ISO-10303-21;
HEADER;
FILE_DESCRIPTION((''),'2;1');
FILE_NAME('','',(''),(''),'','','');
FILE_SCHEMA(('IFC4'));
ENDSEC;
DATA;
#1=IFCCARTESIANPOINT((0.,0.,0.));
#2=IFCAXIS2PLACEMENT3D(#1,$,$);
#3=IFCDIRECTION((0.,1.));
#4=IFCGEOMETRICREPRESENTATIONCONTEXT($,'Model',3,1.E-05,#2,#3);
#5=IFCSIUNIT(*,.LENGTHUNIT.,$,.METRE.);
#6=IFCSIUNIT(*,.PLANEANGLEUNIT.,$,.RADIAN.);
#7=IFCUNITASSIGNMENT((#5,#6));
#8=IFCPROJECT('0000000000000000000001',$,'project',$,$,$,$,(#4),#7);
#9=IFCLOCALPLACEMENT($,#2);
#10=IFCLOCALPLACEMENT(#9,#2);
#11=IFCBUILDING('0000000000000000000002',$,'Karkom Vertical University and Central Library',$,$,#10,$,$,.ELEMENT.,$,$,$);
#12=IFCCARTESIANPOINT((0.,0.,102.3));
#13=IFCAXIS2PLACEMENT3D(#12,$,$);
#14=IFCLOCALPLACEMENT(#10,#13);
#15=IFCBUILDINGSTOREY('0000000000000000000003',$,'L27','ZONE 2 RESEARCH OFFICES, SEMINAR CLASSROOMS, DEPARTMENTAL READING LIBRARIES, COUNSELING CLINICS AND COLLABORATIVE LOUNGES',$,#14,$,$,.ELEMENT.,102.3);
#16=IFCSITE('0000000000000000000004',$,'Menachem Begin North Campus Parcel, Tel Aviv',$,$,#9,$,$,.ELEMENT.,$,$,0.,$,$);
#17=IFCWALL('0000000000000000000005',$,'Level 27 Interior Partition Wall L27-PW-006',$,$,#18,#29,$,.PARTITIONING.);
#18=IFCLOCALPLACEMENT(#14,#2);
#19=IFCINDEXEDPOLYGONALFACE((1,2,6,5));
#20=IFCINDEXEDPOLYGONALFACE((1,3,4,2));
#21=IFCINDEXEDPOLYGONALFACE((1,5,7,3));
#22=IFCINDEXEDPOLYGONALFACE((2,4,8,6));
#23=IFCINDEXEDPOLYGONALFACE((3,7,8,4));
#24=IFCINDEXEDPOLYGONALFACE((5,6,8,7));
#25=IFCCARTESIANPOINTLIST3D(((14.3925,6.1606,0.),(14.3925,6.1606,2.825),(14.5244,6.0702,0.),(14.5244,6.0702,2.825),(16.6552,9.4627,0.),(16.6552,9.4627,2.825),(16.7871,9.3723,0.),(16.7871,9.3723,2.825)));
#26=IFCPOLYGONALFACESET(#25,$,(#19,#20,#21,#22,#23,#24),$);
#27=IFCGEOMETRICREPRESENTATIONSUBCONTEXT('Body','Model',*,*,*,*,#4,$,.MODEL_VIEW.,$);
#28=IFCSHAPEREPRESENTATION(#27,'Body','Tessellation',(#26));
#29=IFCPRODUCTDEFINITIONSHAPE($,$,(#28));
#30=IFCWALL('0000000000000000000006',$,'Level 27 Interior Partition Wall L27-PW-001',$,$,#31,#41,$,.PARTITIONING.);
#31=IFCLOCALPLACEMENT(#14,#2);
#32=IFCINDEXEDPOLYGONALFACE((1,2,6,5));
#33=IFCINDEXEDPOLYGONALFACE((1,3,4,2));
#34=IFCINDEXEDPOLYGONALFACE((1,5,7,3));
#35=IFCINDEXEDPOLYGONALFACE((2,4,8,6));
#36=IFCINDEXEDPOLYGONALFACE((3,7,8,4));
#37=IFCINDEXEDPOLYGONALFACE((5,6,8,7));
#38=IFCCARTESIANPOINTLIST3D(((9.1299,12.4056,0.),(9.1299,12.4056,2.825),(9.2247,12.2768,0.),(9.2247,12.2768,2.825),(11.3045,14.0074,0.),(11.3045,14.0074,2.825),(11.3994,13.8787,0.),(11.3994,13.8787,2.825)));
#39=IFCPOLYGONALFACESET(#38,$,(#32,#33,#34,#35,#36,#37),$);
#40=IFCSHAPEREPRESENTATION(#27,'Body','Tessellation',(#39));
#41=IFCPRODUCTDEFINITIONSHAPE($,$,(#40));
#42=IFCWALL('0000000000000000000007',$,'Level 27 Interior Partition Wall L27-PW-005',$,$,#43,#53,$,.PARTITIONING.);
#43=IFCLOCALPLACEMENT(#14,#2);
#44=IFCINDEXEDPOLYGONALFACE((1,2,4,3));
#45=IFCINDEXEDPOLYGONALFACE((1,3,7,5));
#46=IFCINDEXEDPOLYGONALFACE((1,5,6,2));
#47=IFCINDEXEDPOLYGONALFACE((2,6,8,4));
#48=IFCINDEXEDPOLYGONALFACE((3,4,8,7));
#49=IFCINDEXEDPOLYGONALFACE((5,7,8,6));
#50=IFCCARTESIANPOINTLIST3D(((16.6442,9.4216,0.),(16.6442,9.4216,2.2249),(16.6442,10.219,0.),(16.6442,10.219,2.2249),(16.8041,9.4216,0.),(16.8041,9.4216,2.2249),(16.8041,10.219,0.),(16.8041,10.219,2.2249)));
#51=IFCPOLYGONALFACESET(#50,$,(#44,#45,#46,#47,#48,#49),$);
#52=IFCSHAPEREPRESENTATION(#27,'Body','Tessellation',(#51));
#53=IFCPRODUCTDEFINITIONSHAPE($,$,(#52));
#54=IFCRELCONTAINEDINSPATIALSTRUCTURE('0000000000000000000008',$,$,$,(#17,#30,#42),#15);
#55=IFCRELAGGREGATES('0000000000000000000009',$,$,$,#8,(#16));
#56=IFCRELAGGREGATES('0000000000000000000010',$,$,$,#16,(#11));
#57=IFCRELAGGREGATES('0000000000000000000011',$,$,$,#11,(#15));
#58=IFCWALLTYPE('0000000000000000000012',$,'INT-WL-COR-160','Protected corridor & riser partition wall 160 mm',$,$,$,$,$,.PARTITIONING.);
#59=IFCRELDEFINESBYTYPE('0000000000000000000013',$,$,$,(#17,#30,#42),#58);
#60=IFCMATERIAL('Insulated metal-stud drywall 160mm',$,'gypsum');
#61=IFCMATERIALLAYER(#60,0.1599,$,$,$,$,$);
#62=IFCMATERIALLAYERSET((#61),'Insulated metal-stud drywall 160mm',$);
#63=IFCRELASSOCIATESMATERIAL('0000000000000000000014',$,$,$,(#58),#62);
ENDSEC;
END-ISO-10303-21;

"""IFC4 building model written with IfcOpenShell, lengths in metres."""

from ifc_helpers import new_model, si_unit, direction, frame, frame_2d, origin, place, context, subcontext, project, spatial, rectangle, extrude, material, layer, layer_set, type_object, element, save


model = new_model("IFC4")

# Units and contexts
model_context = context("Model", 3, precision=1e-05, world=origin(), true_north=direction((0.0, 1.0)))
body_context = subcontext(model_context, "Body", "Model", "MODEL_VIEW")
ifc_project = project(units=[si_unit("LENGTHUNIT", "METRE"), si_unit("PLANEANGLEUNIT", "RADIAN")], contexts=[model_context])

# Site, building, storey
site_placement = place(None, origin())
site = spatial("IfcSite", under=ifc_project, at=site_placement, Name="Menachem Begin North Campus Parcel, Tel Aviv", CompositionType="ELEMENT", RefElevation=0.0)
building_placement = place(site_placement, origin())
building = spatial("IfcBuilding", under=site, at=building_placement, Name="Karkom Vertical University and Central Library", CompositionType="ELEMENT")
storey_placement = place(building_placement, frame((0.0, 0.0, 102.3)))
storey = spatial("IfcBuildingStorey", under=building, at=storey_placement, Name="L27", Description="ZONE 2 RESEARCH OFFICES, SEMINAR CLASSROOMS, DEPARTMENTAL READING LIBRARIES, COUNSELING CLINICS AND COLLABORATIVE LOUNGES", CompositionType="ELEMENT", Elevation=102.3)

# Shared definitions
ifc_material_1 = material(Name="Insulated metal-stud drywall 160mm", Category="gypsum")
ifc_layer_1 = layer(ifc_material_1, 0.1599)
ifc_layer_set_1 = layer_set([ifc_layer_1], Name="Insulated metal-stud drywall 160mm")
wall_type_1 = type_object("IfcWallType", Name="INT-WL-COR-160", Description="Protected corridor & riser partition wall 160 mm", PredefinedType="PARTITIONING", material=ifc_layer_set_1)

# Walls
wall_1_placement = place(storey_placement, frame((16.7212, 9.4175, 0.0), z_axis=(0.0, 0.0, 1.0), x_axis=(-0.565268, -0.824908, 0.0)))
element("IfcWall", 1, at=wall_1_placement, inside=storey, type_object=wall_type_1, Name="Level 27 Interior Partition Wall L27-PW-006", PredefinedType="PARTITIONING", context=body_context, shape_type="SweptSolid", body=[
    extrude(rectangle(XDim=4.0029, YDim=0.1599, at=frame_2d((2.0015, 0.0))), origin(), (0.0, 0.0, 1.0), 2.825),
])
wall_2_placement = place(storey_placement, frame((11.3521, 13.9431, 0.0), z_axis=(0.0, 0.0, 1.0), x_axis=(-0.805144, -0.593079, 0.0)))
element("IfcWall", 2, at=wall_2_placement, inside=storey, type_object=wall_type_1, Name="Level 27 Interior Partition Wall L27-PW-001", PredefinedType="PARTITIONING", context=body_context, shape_type="SweptSolid", body=[
    extrude(rectangle(XDim=2.7009, YDim=0.1599, at=frame_2d((1.3506, 0.0))), origin(), (0.0, 0.0, 1.0), 2.825),
])
wall_3_placement = place(storey_placement, frame((16.7241, 9.4216, 0.0), z_axis=(0.0, 0.0, 1.0), x_axis=(0.0, 1.0, 0.0)))
element("IfcWall", 3, at=wall_3_placement, inside=storey, type_object=wall_type_1, Name="Level 27 Interior Partition Wall L27-PW-005", PredefinedType="PARTITIONING", context=body_context, shape_type="SweptSolid", body=[
    extrude(rectangle(XDim=0.7974, YDim=0.1599, at=frame_2d((0.3987, 0.0))), origin(), (0.0, 0.0, 1.0), 2.2249),
])

save(model, "model.ifc")
